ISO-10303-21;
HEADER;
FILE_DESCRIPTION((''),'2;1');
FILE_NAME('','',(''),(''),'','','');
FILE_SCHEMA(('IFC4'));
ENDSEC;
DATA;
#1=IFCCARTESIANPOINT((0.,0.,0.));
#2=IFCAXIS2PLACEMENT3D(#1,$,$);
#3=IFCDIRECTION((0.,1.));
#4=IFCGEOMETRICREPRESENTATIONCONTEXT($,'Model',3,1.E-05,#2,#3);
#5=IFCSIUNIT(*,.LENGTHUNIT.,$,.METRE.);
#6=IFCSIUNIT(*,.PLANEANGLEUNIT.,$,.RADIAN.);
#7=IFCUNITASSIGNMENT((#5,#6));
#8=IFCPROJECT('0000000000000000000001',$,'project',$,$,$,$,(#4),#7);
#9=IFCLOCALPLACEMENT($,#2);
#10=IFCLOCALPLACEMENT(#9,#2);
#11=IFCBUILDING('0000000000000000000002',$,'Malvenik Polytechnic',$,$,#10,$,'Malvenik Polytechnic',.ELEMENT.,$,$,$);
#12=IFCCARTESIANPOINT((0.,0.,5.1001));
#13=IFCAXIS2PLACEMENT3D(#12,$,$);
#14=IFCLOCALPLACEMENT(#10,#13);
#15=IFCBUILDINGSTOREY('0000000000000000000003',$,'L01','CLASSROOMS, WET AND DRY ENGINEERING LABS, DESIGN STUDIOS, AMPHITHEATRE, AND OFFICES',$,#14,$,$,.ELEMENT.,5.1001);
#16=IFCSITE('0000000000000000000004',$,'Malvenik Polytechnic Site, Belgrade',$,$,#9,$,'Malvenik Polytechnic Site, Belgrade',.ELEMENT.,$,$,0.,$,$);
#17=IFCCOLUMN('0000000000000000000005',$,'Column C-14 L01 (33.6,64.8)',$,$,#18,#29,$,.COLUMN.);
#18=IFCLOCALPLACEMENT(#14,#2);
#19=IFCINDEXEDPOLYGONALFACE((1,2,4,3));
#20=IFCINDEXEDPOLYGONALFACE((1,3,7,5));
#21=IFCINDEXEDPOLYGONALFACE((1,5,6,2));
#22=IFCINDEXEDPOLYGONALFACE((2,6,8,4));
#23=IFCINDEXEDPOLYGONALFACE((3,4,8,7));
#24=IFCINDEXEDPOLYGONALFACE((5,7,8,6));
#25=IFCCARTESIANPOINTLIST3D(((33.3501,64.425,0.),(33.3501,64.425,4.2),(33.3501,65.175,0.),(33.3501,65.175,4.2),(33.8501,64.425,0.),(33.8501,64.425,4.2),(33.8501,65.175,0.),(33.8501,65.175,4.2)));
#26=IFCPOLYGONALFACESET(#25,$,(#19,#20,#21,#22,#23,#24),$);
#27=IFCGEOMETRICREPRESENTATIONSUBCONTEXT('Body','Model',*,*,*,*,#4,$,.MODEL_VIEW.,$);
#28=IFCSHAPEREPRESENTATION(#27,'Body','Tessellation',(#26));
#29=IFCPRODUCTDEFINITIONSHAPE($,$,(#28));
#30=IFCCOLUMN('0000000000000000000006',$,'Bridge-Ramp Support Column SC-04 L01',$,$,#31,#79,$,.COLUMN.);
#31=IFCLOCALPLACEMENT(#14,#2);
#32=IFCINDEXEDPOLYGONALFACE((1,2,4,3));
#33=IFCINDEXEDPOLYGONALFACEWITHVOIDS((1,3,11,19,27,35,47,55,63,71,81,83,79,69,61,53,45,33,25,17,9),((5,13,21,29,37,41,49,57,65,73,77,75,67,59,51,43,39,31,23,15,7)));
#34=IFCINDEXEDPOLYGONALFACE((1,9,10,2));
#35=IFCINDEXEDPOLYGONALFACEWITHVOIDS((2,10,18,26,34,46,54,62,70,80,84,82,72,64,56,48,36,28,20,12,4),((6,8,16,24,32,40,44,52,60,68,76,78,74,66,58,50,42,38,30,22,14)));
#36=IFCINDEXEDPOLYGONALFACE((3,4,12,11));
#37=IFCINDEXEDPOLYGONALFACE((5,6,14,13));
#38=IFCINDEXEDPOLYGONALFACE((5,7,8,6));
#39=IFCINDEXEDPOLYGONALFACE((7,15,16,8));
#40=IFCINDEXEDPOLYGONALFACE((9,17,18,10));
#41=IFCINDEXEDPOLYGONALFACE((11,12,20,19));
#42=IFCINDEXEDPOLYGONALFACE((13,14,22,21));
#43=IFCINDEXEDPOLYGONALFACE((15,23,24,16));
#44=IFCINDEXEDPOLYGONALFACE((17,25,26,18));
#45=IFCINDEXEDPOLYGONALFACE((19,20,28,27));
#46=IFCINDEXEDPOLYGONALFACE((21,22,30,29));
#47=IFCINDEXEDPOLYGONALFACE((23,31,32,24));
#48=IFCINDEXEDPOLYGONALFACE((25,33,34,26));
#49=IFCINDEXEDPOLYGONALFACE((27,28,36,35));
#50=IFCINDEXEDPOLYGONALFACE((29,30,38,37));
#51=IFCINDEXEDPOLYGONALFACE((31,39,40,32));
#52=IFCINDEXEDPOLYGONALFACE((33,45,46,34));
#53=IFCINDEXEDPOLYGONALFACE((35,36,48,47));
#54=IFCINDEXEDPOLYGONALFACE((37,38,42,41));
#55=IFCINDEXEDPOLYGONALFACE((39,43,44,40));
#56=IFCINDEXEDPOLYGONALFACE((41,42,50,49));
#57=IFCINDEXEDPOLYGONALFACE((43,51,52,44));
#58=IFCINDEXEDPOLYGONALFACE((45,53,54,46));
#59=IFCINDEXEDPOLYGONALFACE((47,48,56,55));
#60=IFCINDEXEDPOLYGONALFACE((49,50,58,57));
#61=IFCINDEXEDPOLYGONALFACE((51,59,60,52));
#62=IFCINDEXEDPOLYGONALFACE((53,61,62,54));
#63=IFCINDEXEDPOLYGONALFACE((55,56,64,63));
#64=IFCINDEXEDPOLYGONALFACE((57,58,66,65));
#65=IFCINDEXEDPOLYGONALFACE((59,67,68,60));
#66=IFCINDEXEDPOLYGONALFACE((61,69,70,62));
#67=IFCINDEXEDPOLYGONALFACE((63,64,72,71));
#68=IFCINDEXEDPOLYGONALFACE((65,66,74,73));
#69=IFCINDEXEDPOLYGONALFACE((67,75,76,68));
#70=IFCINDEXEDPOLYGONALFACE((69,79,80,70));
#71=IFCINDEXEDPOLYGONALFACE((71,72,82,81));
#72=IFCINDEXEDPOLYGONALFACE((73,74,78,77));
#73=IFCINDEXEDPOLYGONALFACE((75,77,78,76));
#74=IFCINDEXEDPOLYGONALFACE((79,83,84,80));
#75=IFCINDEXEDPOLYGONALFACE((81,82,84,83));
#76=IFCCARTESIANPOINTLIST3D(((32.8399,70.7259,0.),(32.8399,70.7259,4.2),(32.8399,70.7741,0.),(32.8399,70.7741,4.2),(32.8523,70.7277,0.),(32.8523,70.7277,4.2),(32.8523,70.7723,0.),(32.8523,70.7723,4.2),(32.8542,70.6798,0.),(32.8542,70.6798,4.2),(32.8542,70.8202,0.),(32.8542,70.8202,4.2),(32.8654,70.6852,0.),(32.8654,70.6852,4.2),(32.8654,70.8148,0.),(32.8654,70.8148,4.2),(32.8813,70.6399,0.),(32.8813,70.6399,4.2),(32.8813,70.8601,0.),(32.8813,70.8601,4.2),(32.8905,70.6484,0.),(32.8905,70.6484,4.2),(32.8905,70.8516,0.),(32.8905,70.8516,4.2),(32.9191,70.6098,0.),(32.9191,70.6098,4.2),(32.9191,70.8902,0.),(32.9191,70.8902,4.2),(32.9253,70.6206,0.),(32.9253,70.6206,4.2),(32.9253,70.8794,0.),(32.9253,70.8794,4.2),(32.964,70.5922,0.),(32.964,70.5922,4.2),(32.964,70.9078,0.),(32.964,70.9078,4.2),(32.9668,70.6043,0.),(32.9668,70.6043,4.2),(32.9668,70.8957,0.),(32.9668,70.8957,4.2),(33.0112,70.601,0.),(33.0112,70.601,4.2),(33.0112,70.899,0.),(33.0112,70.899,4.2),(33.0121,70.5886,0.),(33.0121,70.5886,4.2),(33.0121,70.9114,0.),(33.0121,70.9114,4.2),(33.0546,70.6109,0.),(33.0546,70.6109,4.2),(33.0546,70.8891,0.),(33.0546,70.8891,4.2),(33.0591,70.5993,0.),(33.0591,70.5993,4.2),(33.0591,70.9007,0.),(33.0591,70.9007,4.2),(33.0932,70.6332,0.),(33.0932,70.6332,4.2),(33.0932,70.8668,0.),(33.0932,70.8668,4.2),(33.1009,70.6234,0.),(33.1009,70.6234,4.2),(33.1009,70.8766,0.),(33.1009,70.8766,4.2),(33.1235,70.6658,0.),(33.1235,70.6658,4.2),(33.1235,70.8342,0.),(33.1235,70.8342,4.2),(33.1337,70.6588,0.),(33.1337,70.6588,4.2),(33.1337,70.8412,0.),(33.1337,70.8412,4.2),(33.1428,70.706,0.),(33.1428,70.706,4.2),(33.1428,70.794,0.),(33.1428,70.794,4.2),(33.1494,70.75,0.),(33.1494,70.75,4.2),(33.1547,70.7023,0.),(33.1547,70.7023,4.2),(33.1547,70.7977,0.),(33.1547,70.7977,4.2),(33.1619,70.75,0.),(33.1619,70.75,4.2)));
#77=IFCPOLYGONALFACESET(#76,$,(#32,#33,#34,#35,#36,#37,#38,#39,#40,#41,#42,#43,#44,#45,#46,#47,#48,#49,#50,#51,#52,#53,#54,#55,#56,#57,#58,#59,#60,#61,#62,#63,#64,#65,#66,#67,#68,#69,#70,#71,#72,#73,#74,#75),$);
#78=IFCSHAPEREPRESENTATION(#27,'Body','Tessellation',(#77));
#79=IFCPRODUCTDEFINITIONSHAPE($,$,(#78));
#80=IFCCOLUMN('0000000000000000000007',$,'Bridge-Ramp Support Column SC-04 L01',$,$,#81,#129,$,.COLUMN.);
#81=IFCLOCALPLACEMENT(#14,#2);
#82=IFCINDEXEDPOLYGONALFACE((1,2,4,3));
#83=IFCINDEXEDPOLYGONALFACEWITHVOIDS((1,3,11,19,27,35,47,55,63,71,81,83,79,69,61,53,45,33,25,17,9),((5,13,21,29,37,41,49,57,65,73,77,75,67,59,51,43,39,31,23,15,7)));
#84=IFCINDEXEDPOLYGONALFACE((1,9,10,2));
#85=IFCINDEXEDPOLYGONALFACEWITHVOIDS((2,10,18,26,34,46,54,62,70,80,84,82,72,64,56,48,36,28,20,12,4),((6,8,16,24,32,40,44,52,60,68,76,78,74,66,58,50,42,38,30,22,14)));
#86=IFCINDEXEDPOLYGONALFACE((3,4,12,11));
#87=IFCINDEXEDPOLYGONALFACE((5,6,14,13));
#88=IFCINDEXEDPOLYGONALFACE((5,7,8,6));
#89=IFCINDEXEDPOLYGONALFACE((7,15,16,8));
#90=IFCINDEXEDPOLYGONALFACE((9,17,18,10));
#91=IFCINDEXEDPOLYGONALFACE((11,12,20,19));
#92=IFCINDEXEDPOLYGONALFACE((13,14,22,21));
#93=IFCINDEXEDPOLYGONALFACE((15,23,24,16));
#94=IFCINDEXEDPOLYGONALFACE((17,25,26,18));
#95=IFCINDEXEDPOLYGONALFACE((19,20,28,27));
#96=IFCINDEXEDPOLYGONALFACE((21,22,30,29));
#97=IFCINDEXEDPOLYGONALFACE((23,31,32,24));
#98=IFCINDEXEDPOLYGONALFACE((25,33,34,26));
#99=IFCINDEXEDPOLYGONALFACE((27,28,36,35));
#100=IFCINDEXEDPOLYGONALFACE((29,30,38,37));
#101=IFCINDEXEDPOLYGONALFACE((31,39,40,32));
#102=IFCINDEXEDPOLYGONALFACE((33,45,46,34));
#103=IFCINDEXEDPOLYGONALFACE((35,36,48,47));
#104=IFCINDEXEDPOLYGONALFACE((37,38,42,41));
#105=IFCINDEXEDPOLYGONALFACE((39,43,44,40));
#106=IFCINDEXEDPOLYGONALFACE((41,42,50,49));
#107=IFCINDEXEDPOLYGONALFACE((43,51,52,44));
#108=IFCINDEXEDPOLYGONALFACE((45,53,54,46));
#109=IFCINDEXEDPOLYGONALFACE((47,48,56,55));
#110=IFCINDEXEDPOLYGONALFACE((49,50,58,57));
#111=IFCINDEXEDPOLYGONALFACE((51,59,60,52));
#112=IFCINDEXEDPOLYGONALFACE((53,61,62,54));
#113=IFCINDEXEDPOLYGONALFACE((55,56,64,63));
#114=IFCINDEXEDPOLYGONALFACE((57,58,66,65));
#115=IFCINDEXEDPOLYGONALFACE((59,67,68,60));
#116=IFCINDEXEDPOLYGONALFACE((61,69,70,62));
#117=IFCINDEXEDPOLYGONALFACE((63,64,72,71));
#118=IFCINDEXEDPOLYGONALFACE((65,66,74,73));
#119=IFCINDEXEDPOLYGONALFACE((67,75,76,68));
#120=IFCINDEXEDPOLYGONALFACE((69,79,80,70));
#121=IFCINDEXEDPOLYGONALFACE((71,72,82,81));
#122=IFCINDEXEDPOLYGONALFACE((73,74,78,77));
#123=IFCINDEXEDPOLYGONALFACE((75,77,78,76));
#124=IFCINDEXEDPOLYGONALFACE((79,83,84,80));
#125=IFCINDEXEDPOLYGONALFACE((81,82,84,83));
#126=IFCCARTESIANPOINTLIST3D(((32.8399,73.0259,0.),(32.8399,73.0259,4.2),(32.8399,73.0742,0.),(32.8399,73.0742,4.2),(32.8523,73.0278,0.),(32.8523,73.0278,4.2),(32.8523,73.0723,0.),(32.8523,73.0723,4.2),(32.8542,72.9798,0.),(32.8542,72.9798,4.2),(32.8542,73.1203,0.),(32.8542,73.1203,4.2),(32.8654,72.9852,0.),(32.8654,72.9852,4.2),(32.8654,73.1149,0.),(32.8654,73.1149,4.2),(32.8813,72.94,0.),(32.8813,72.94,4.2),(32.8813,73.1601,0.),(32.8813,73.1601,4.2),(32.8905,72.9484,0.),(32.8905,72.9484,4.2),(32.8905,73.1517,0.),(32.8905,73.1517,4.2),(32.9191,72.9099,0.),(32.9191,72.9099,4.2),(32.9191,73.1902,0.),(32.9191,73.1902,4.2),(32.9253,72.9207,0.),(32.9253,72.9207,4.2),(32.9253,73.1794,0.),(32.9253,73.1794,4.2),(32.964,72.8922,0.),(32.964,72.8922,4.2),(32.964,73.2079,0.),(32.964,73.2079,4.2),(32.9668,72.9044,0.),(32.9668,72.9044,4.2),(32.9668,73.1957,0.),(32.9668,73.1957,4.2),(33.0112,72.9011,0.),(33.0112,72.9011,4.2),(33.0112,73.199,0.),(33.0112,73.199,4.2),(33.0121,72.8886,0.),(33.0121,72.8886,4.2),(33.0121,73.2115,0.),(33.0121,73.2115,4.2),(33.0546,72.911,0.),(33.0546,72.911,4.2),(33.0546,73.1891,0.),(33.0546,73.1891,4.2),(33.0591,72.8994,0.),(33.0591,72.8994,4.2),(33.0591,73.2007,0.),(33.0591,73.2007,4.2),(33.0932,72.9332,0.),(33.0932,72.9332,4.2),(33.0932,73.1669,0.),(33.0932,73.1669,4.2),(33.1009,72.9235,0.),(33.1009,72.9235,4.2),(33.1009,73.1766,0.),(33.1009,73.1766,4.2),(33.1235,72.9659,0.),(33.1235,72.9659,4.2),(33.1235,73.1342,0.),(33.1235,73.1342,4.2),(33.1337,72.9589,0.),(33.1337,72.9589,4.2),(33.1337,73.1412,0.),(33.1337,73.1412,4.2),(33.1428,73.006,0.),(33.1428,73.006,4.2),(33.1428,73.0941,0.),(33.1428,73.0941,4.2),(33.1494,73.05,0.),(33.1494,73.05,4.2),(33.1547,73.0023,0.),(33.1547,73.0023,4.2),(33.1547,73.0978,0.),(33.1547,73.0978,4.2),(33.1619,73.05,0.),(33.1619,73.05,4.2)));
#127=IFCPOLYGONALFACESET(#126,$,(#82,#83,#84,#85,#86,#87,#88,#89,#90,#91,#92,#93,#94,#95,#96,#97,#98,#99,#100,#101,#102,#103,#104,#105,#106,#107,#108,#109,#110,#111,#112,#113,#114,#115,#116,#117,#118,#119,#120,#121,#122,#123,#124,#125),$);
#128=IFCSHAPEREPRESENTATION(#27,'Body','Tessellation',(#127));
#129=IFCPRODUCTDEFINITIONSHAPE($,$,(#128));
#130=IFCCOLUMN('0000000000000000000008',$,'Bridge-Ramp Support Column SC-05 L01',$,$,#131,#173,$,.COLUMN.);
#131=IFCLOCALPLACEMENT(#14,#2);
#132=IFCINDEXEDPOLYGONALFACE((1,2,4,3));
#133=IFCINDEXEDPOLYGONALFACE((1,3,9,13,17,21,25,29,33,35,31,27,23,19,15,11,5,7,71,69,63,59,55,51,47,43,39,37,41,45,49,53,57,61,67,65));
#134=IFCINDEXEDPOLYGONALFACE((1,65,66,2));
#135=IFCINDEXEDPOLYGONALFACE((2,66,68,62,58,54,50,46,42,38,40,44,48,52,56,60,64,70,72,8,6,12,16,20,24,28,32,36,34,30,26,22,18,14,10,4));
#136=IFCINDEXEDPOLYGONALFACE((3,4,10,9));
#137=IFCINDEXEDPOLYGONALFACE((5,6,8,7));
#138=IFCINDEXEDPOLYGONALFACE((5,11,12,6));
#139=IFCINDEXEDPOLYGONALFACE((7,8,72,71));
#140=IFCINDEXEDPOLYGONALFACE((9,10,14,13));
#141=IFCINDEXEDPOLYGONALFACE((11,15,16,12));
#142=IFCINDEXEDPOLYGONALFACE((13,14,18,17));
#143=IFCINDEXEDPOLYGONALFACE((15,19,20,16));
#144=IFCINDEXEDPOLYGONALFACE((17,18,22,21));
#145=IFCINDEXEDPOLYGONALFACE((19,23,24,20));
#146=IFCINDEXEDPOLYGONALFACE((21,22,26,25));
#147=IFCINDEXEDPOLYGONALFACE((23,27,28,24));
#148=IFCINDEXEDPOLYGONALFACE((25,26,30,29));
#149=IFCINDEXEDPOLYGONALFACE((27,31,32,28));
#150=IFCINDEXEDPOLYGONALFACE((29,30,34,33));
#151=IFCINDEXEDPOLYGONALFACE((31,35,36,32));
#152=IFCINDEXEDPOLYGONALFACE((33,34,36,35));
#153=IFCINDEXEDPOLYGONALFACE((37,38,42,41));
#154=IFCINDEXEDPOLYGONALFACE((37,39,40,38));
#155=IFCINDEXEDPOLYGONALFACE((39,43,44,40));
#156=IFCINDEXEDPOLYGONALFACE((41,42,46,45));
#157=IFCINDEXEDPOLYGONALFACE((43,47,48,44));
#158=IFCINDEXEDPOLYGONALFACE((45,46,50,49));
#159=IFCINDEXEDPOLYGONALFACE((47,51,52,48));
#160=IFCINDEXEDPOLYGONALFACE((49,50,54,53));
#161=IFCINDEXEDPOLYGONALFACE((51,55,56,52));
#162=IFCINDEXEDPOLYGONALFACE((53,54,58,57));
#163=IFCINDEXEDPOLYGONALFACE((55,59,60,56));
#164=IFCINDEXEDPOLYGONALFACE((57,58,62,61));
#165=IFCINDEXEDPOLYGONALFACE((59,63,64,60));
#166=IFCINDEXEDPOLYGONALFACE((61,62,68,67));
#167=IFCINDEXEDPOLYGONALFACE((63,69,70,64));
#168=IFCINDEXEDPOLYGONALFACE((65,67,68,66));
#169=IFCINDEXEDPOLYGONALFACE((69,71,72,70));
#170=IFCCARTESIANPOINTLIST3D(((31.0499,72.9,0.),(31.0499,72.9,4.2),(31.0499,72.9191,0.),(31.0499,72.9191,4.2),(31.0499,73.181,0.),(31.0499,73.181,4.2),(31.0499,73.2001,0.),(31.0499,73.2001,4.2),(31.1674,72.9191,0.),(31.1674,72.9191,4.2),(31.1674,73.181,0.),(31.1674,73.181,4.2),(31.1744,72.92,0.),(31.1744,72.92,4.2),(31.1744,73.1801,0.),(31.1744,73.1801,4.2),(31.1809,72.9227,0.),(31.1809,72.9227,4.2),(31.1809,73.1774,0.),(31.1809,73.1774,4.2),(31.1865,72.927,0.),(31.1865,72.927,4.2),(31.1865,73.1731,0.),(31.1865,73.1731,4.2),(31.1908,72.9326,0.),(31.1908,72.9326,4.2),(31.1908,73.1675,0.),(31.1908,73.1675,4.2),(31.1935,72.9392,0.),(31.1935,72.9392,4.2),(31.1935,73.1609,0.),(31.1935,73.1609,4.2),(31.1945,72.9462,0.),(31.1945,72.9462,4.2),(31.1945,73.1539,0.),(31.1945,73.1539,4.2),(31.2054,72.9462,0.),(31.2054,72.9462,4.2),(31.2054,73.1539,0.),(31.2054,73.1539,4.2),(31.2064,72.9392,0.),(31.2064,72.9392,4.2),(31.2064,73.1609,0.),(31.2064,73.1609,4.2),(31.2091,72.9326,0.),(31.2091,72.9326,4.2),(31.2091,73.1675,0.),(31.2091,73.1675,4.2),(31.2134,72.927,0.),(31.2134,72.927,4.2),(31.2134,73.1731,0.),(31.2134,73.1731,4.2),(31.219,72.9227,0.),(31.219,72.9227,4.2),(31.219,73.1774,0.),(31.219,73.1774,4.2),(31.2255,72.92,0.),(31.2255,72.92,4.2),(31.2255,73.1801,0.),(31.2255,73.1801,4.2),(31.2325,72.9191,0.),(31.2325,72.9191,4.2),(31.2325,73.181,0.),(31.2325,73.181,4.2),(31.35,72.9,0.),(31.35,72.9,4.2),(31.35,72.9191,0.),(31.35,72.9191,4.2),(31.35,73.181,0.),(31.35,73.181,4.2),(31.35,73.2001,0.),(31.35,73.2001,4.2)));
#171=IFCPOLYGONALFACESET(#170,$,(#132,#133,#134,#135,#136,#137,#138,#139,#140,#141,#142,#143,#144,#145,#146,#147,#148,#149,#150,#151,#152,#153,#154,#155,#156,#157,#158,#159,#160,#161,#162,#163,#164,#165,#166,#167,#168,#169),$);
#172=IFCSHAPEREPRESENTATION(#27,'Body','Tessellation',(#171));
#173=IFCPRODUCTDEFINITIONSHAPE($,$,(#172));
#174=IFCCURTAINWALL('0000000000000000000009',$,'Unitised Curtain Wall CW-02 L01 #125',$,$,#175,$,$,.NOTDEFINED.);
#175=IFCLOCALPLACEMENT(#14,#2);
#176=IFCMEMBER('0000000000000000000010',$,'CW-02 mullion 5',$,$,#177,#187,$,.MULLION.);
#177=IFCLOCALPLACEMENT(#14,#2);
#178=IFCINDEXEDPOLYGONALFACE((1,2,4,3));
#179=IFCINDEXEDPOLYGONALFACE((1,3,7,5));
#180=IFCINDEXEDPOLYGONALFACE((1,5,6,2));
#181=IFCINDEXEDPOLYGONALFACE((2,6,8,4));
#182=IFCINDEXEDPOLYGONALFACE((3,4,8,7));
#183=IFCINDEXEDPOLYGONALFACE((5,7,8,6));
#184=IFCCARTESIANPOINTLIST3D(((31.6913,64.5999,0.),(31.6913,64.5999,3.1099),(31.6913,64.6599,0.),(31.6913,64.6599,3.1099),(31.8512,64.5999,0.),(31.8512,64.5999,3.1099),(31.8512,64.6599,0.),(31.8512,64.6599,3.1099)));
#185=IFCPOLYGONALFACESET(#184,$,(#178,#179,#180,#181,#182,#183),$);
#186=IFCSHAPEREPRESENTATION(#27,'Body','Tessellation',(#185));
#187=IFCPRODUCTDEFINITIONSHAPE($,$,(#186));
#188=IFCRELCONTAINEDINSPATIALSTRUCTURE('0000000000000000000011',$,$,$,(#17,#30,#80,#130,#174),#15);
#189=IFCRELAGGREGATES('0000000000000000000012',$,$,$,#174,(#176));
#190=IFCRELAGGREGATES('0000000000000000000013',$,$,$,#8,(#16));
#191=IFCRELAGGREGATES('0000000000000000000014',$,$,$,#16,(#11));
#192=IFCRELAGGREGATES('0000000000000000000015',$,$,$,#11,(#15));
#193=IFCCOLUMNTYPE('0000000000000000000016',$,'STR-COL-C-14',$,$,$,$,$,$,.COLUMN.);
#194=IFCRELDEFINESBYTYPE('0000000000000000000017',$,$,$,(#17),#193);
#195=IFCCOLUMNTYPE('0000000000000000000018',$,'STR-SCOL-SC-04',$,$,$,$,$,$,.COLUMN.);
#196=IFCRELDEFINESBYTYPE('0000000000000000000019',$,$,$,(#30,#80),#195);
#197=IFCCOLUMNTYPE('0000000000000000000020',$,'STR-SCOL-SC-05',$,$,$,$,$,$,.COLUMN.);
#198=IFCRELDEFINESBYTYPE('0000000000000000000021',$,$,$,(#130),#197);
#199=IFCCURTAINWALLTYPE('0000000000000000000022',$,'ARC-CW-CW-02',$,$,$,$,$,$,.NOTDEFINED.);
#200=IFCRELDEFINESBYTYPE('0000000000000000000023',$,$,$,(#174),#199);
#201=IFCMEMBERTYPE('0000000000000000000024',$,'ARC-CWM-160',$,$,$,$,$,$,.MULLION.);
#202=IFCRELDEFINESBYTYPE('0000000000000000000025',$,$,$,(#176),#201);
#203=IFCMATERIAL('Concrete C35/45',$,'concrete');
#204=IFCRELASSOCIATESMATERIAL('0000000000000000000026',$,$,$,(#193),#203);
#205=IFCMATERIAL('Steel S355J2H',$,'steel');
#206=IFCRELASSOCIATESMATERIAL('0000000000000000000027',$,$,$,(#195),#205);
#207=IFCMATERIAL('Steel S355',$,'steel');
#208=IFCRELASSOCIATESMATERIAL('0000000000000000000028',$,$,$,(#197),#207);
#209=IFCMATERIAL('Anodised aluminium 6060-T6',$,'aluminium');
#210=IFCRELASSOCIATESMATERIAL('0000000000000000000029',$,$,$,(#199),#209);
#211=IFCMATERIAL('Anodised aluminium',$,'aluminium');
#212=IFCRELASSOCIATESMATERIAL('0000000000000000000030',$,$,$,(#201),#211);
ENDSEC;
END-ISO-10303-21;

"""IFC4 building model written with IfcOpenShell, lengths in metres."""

from ifc_helpers import new_model, si_unit, direction, frame, origin, origin_2d, place, context, subcontext, project, spatial, rectangle, hollow_circle, i_section, extrude, material, material_profile, profile_set, type_object, element, aggregate, save


model = new_model("IFC4")

# Units and contexts
model_context = context("Model", 3, precision=1e-05, world=origin(), true_north=direction((0.0, 1.0)))
body_context = subcontext(model_context, "Body", "Model", "MODEL_VIEW")
ifc_project = project(units=[si_unit("LENGTHUNIT", "METRE"), si_unit("PLANEANGLEUNIT", "RADIAN")], contexts=[model_context])

# Site, building, storey
site_placement = place(None, origin())
site = spatial("IfcSite", under=ifc_project, at=site_placement, Name="Malvenik Polytechnic Site, Belgrade", LongName="Malvenik Polytechnic Site, Belgrade", CompositionType="ELEMENT", RefElevation=0.0)
building_placement = place(site_placement, origin())
building = spatial("IfcBuilding", under=site, at=building_placement, Name="Malvenik Polytechnic", LongName="Malvenik Polytechnic", CompositionType="ELEMENT")
storey_placement = place(building_placement, frame((0.0, 0.0, 5.1001)))
storey = spatial("IfcBuildingStorey", under=building, at=storey_placement, Name="L01", Description="CLASSROOMS, WET AND DRY ENGINEERING LABS, DESIGN STUDIOS, AMPHITHEATRE, AND OFFICES", CompositionType="ELEMENT", Elevation=5.1001)

# Columns
ifc_material_1 = material(Name="Concrete C35/45", Category="concrete")
ifc_material_profile_1 = material_profile(ifc_material_1, rectangle(XDim=0.5, YDim=0.75, at=origin_2d()), Name="RC COL 750x500")
ifc_profile_set_1 = profile_set([ifc_material_profile_1], Name="Concrete C35/45")
column_type_1 = type_object("IfcColumnType", Name="STR-COL-C-14", PredefinedType="COLUMN", material=ifc_profile_set_1)
column_1_placement = place(storey_placement, frame((33.6001, 64.8, 0.0), z_axis=(0.0, 0.0, 1.0), x_axis=(1.0, 0.0, 0.0)))
element("IfcColumn", 1, at=column_1_placement, inside=storey, type_object=column_type_1, Name="Column C-14 L01 (33.6,64.8)", PredefinedType="COLUMN", context=body_context, shape_type="SweptSolid", body=[
    extrude(rectangle(XDim=0.5, YDim=0.75, at=origin_2d()), origin(), (0.0, 0.0, 1.0), 4.2),
])
ifc_material_2 = material(Name="Steel S355J2H", Category="steel")
ifc_material_profile_2 = material_profile(ifc_material_2, hollow_circle(Radius=0.1619, WallThickness=0.0125, at=origin_2d()), Name="CHS 323.9x12.5")
ifc_profile_set_2 = profile_set([ifc_material_profile_2], Name="Steel S355J2H")
column_type_2 = type_object("IfcColumnType", Name="STR-SCOL-SC-04", PredefinedType="COLUMN", material=ifc_profile_set_2)
for number, where, z_axis, x_axis, name in (
    (2, (33.0, 70.75, 0.0), (0.0, 0.0, 1.0), (1.0, 0.0, 0.0), "Bridge-Ramp Support Column SC-04 L01"),
    (3, (33.0, 73.05, 0.0), (0.0, 0.0, 1.0), (1.0, 0.0, 0.0), "Bridge-Ramp Support Column SC-04 L01"),
):
    element("IfcColumn", number, at=place(storey_placement, frame(where, z_axis=z_axis, x_axis=x_axis)), inside=storey, type_object=column_type_2, Name=name, PredefinedType="COLUMN", context=body_context, shape_type="SweptSolid", body=[
        extrude(hollow_circle(Radius=0.1619, WallThickness=0.0125, at=origin_2d()), origin(), (0.0, 0.0, 1.0), 4.2),
    ])
ifc_material_3 = material(Name="Steel S355", Category="steel")
ifc_material_profile_3 = material_profile(ifc_material_3, i_section(OverallWidth=0.3, OverallDepth=0.3, WebThickness=0.011, FlangeThickness=0.019, FilletRadius=0.0271, at=origin_2d()), Name="HEB 300")
ifc_profile_set_3 = profile_set([ifc_material_profile_3], Name="Steel S355")
column_type_3 = type_object("IfcColumnType", Name="STR-SCOL-SC-05", PredefinedType="COLUMN", material=ifc_profile_set_3)
column_2_placement = place(storey_placement, frame((31.2, 73.05, 0.0), z_axis=(0.0, 0.0, 1.0), x_axis=(1.0, 0.0, 0.0)))
element("IfcColumn", 4, at=column_2_placement, inside=storey, type_object=column_type_3, Name="Bridge-Ramp Support Column SC-05 L01", PredefinedType="COLUMN", context=body_context, shape_type="SweptSolid", body=[
    extrude(i_section(OverallWidth=0.3, OverallDepth=0.3, WebThickness=0.011, FlangeThickness=0.019, FilletRadius=0.0271, at=origin_2d()), origin(), (0.0, 0.0, 1.0), 4.2),
])

# Curtain wall, member
ifc_material_4 = material(Name="Anodised aluminium 6060-T6", Category="aluminium")
curtain_wall_type = type_object("IfcCurtainWallType", Name="ARC-CW-CW-02", PredefinedType="NOTDEFINED", material=ifc_material_4)
curtain_wall_1_placement = place(storey_placement, origin())
curtain_wall_1 = element("IfcCurtainWall", 5, at=curtain_wall_1_placement, inside=storey, type_object=curtain_wall_type, Name="Unitised Curtain Wall CW-02 L01 #125", PredefinedType="NOTDEFINED")
ifc_material_5 = material(Name="Anodised aluminium", Category="aluminium")
ifc_material_profile_4 = material_profile(ifc_material_5, rectangle(XDim=0.0601, YDim=0.1599, at=origin_2d()), Name="ALU MULLION 60x160")
ifc_profile_set_4 = profile_set([ifc_material_profile_4], Name="Anodised aluminium")
member_type_1 = type_object("IfcMemberType", Name="ARC-CWM-160", PredefinedType="MULLION", material=ifc_profile_set_4)
member_1_placement = place(storey_placement, frame((31.7712, 64.6299, 0.0), z_axis=(0.0, 0.0, 1.0), x_axis=(0.0, 1.0, 0.0)))
member_1 = element("IfcMember", 6, at=member_1_placement, type_object=member_type_1, Name="CW-02 mullion 5", PredefinedType="MULLION", context=body_context, shape_type="SweptSolid", body=[
    extrude(rectangle(XDim=0.0601, YDim=0.1599, at=origin_2d()), origin(), (0.0, 0.0, 1.0), 3.1099),
])

aggregate(curtain_wall_1, [member_1])

save(model, "model.ifc")
